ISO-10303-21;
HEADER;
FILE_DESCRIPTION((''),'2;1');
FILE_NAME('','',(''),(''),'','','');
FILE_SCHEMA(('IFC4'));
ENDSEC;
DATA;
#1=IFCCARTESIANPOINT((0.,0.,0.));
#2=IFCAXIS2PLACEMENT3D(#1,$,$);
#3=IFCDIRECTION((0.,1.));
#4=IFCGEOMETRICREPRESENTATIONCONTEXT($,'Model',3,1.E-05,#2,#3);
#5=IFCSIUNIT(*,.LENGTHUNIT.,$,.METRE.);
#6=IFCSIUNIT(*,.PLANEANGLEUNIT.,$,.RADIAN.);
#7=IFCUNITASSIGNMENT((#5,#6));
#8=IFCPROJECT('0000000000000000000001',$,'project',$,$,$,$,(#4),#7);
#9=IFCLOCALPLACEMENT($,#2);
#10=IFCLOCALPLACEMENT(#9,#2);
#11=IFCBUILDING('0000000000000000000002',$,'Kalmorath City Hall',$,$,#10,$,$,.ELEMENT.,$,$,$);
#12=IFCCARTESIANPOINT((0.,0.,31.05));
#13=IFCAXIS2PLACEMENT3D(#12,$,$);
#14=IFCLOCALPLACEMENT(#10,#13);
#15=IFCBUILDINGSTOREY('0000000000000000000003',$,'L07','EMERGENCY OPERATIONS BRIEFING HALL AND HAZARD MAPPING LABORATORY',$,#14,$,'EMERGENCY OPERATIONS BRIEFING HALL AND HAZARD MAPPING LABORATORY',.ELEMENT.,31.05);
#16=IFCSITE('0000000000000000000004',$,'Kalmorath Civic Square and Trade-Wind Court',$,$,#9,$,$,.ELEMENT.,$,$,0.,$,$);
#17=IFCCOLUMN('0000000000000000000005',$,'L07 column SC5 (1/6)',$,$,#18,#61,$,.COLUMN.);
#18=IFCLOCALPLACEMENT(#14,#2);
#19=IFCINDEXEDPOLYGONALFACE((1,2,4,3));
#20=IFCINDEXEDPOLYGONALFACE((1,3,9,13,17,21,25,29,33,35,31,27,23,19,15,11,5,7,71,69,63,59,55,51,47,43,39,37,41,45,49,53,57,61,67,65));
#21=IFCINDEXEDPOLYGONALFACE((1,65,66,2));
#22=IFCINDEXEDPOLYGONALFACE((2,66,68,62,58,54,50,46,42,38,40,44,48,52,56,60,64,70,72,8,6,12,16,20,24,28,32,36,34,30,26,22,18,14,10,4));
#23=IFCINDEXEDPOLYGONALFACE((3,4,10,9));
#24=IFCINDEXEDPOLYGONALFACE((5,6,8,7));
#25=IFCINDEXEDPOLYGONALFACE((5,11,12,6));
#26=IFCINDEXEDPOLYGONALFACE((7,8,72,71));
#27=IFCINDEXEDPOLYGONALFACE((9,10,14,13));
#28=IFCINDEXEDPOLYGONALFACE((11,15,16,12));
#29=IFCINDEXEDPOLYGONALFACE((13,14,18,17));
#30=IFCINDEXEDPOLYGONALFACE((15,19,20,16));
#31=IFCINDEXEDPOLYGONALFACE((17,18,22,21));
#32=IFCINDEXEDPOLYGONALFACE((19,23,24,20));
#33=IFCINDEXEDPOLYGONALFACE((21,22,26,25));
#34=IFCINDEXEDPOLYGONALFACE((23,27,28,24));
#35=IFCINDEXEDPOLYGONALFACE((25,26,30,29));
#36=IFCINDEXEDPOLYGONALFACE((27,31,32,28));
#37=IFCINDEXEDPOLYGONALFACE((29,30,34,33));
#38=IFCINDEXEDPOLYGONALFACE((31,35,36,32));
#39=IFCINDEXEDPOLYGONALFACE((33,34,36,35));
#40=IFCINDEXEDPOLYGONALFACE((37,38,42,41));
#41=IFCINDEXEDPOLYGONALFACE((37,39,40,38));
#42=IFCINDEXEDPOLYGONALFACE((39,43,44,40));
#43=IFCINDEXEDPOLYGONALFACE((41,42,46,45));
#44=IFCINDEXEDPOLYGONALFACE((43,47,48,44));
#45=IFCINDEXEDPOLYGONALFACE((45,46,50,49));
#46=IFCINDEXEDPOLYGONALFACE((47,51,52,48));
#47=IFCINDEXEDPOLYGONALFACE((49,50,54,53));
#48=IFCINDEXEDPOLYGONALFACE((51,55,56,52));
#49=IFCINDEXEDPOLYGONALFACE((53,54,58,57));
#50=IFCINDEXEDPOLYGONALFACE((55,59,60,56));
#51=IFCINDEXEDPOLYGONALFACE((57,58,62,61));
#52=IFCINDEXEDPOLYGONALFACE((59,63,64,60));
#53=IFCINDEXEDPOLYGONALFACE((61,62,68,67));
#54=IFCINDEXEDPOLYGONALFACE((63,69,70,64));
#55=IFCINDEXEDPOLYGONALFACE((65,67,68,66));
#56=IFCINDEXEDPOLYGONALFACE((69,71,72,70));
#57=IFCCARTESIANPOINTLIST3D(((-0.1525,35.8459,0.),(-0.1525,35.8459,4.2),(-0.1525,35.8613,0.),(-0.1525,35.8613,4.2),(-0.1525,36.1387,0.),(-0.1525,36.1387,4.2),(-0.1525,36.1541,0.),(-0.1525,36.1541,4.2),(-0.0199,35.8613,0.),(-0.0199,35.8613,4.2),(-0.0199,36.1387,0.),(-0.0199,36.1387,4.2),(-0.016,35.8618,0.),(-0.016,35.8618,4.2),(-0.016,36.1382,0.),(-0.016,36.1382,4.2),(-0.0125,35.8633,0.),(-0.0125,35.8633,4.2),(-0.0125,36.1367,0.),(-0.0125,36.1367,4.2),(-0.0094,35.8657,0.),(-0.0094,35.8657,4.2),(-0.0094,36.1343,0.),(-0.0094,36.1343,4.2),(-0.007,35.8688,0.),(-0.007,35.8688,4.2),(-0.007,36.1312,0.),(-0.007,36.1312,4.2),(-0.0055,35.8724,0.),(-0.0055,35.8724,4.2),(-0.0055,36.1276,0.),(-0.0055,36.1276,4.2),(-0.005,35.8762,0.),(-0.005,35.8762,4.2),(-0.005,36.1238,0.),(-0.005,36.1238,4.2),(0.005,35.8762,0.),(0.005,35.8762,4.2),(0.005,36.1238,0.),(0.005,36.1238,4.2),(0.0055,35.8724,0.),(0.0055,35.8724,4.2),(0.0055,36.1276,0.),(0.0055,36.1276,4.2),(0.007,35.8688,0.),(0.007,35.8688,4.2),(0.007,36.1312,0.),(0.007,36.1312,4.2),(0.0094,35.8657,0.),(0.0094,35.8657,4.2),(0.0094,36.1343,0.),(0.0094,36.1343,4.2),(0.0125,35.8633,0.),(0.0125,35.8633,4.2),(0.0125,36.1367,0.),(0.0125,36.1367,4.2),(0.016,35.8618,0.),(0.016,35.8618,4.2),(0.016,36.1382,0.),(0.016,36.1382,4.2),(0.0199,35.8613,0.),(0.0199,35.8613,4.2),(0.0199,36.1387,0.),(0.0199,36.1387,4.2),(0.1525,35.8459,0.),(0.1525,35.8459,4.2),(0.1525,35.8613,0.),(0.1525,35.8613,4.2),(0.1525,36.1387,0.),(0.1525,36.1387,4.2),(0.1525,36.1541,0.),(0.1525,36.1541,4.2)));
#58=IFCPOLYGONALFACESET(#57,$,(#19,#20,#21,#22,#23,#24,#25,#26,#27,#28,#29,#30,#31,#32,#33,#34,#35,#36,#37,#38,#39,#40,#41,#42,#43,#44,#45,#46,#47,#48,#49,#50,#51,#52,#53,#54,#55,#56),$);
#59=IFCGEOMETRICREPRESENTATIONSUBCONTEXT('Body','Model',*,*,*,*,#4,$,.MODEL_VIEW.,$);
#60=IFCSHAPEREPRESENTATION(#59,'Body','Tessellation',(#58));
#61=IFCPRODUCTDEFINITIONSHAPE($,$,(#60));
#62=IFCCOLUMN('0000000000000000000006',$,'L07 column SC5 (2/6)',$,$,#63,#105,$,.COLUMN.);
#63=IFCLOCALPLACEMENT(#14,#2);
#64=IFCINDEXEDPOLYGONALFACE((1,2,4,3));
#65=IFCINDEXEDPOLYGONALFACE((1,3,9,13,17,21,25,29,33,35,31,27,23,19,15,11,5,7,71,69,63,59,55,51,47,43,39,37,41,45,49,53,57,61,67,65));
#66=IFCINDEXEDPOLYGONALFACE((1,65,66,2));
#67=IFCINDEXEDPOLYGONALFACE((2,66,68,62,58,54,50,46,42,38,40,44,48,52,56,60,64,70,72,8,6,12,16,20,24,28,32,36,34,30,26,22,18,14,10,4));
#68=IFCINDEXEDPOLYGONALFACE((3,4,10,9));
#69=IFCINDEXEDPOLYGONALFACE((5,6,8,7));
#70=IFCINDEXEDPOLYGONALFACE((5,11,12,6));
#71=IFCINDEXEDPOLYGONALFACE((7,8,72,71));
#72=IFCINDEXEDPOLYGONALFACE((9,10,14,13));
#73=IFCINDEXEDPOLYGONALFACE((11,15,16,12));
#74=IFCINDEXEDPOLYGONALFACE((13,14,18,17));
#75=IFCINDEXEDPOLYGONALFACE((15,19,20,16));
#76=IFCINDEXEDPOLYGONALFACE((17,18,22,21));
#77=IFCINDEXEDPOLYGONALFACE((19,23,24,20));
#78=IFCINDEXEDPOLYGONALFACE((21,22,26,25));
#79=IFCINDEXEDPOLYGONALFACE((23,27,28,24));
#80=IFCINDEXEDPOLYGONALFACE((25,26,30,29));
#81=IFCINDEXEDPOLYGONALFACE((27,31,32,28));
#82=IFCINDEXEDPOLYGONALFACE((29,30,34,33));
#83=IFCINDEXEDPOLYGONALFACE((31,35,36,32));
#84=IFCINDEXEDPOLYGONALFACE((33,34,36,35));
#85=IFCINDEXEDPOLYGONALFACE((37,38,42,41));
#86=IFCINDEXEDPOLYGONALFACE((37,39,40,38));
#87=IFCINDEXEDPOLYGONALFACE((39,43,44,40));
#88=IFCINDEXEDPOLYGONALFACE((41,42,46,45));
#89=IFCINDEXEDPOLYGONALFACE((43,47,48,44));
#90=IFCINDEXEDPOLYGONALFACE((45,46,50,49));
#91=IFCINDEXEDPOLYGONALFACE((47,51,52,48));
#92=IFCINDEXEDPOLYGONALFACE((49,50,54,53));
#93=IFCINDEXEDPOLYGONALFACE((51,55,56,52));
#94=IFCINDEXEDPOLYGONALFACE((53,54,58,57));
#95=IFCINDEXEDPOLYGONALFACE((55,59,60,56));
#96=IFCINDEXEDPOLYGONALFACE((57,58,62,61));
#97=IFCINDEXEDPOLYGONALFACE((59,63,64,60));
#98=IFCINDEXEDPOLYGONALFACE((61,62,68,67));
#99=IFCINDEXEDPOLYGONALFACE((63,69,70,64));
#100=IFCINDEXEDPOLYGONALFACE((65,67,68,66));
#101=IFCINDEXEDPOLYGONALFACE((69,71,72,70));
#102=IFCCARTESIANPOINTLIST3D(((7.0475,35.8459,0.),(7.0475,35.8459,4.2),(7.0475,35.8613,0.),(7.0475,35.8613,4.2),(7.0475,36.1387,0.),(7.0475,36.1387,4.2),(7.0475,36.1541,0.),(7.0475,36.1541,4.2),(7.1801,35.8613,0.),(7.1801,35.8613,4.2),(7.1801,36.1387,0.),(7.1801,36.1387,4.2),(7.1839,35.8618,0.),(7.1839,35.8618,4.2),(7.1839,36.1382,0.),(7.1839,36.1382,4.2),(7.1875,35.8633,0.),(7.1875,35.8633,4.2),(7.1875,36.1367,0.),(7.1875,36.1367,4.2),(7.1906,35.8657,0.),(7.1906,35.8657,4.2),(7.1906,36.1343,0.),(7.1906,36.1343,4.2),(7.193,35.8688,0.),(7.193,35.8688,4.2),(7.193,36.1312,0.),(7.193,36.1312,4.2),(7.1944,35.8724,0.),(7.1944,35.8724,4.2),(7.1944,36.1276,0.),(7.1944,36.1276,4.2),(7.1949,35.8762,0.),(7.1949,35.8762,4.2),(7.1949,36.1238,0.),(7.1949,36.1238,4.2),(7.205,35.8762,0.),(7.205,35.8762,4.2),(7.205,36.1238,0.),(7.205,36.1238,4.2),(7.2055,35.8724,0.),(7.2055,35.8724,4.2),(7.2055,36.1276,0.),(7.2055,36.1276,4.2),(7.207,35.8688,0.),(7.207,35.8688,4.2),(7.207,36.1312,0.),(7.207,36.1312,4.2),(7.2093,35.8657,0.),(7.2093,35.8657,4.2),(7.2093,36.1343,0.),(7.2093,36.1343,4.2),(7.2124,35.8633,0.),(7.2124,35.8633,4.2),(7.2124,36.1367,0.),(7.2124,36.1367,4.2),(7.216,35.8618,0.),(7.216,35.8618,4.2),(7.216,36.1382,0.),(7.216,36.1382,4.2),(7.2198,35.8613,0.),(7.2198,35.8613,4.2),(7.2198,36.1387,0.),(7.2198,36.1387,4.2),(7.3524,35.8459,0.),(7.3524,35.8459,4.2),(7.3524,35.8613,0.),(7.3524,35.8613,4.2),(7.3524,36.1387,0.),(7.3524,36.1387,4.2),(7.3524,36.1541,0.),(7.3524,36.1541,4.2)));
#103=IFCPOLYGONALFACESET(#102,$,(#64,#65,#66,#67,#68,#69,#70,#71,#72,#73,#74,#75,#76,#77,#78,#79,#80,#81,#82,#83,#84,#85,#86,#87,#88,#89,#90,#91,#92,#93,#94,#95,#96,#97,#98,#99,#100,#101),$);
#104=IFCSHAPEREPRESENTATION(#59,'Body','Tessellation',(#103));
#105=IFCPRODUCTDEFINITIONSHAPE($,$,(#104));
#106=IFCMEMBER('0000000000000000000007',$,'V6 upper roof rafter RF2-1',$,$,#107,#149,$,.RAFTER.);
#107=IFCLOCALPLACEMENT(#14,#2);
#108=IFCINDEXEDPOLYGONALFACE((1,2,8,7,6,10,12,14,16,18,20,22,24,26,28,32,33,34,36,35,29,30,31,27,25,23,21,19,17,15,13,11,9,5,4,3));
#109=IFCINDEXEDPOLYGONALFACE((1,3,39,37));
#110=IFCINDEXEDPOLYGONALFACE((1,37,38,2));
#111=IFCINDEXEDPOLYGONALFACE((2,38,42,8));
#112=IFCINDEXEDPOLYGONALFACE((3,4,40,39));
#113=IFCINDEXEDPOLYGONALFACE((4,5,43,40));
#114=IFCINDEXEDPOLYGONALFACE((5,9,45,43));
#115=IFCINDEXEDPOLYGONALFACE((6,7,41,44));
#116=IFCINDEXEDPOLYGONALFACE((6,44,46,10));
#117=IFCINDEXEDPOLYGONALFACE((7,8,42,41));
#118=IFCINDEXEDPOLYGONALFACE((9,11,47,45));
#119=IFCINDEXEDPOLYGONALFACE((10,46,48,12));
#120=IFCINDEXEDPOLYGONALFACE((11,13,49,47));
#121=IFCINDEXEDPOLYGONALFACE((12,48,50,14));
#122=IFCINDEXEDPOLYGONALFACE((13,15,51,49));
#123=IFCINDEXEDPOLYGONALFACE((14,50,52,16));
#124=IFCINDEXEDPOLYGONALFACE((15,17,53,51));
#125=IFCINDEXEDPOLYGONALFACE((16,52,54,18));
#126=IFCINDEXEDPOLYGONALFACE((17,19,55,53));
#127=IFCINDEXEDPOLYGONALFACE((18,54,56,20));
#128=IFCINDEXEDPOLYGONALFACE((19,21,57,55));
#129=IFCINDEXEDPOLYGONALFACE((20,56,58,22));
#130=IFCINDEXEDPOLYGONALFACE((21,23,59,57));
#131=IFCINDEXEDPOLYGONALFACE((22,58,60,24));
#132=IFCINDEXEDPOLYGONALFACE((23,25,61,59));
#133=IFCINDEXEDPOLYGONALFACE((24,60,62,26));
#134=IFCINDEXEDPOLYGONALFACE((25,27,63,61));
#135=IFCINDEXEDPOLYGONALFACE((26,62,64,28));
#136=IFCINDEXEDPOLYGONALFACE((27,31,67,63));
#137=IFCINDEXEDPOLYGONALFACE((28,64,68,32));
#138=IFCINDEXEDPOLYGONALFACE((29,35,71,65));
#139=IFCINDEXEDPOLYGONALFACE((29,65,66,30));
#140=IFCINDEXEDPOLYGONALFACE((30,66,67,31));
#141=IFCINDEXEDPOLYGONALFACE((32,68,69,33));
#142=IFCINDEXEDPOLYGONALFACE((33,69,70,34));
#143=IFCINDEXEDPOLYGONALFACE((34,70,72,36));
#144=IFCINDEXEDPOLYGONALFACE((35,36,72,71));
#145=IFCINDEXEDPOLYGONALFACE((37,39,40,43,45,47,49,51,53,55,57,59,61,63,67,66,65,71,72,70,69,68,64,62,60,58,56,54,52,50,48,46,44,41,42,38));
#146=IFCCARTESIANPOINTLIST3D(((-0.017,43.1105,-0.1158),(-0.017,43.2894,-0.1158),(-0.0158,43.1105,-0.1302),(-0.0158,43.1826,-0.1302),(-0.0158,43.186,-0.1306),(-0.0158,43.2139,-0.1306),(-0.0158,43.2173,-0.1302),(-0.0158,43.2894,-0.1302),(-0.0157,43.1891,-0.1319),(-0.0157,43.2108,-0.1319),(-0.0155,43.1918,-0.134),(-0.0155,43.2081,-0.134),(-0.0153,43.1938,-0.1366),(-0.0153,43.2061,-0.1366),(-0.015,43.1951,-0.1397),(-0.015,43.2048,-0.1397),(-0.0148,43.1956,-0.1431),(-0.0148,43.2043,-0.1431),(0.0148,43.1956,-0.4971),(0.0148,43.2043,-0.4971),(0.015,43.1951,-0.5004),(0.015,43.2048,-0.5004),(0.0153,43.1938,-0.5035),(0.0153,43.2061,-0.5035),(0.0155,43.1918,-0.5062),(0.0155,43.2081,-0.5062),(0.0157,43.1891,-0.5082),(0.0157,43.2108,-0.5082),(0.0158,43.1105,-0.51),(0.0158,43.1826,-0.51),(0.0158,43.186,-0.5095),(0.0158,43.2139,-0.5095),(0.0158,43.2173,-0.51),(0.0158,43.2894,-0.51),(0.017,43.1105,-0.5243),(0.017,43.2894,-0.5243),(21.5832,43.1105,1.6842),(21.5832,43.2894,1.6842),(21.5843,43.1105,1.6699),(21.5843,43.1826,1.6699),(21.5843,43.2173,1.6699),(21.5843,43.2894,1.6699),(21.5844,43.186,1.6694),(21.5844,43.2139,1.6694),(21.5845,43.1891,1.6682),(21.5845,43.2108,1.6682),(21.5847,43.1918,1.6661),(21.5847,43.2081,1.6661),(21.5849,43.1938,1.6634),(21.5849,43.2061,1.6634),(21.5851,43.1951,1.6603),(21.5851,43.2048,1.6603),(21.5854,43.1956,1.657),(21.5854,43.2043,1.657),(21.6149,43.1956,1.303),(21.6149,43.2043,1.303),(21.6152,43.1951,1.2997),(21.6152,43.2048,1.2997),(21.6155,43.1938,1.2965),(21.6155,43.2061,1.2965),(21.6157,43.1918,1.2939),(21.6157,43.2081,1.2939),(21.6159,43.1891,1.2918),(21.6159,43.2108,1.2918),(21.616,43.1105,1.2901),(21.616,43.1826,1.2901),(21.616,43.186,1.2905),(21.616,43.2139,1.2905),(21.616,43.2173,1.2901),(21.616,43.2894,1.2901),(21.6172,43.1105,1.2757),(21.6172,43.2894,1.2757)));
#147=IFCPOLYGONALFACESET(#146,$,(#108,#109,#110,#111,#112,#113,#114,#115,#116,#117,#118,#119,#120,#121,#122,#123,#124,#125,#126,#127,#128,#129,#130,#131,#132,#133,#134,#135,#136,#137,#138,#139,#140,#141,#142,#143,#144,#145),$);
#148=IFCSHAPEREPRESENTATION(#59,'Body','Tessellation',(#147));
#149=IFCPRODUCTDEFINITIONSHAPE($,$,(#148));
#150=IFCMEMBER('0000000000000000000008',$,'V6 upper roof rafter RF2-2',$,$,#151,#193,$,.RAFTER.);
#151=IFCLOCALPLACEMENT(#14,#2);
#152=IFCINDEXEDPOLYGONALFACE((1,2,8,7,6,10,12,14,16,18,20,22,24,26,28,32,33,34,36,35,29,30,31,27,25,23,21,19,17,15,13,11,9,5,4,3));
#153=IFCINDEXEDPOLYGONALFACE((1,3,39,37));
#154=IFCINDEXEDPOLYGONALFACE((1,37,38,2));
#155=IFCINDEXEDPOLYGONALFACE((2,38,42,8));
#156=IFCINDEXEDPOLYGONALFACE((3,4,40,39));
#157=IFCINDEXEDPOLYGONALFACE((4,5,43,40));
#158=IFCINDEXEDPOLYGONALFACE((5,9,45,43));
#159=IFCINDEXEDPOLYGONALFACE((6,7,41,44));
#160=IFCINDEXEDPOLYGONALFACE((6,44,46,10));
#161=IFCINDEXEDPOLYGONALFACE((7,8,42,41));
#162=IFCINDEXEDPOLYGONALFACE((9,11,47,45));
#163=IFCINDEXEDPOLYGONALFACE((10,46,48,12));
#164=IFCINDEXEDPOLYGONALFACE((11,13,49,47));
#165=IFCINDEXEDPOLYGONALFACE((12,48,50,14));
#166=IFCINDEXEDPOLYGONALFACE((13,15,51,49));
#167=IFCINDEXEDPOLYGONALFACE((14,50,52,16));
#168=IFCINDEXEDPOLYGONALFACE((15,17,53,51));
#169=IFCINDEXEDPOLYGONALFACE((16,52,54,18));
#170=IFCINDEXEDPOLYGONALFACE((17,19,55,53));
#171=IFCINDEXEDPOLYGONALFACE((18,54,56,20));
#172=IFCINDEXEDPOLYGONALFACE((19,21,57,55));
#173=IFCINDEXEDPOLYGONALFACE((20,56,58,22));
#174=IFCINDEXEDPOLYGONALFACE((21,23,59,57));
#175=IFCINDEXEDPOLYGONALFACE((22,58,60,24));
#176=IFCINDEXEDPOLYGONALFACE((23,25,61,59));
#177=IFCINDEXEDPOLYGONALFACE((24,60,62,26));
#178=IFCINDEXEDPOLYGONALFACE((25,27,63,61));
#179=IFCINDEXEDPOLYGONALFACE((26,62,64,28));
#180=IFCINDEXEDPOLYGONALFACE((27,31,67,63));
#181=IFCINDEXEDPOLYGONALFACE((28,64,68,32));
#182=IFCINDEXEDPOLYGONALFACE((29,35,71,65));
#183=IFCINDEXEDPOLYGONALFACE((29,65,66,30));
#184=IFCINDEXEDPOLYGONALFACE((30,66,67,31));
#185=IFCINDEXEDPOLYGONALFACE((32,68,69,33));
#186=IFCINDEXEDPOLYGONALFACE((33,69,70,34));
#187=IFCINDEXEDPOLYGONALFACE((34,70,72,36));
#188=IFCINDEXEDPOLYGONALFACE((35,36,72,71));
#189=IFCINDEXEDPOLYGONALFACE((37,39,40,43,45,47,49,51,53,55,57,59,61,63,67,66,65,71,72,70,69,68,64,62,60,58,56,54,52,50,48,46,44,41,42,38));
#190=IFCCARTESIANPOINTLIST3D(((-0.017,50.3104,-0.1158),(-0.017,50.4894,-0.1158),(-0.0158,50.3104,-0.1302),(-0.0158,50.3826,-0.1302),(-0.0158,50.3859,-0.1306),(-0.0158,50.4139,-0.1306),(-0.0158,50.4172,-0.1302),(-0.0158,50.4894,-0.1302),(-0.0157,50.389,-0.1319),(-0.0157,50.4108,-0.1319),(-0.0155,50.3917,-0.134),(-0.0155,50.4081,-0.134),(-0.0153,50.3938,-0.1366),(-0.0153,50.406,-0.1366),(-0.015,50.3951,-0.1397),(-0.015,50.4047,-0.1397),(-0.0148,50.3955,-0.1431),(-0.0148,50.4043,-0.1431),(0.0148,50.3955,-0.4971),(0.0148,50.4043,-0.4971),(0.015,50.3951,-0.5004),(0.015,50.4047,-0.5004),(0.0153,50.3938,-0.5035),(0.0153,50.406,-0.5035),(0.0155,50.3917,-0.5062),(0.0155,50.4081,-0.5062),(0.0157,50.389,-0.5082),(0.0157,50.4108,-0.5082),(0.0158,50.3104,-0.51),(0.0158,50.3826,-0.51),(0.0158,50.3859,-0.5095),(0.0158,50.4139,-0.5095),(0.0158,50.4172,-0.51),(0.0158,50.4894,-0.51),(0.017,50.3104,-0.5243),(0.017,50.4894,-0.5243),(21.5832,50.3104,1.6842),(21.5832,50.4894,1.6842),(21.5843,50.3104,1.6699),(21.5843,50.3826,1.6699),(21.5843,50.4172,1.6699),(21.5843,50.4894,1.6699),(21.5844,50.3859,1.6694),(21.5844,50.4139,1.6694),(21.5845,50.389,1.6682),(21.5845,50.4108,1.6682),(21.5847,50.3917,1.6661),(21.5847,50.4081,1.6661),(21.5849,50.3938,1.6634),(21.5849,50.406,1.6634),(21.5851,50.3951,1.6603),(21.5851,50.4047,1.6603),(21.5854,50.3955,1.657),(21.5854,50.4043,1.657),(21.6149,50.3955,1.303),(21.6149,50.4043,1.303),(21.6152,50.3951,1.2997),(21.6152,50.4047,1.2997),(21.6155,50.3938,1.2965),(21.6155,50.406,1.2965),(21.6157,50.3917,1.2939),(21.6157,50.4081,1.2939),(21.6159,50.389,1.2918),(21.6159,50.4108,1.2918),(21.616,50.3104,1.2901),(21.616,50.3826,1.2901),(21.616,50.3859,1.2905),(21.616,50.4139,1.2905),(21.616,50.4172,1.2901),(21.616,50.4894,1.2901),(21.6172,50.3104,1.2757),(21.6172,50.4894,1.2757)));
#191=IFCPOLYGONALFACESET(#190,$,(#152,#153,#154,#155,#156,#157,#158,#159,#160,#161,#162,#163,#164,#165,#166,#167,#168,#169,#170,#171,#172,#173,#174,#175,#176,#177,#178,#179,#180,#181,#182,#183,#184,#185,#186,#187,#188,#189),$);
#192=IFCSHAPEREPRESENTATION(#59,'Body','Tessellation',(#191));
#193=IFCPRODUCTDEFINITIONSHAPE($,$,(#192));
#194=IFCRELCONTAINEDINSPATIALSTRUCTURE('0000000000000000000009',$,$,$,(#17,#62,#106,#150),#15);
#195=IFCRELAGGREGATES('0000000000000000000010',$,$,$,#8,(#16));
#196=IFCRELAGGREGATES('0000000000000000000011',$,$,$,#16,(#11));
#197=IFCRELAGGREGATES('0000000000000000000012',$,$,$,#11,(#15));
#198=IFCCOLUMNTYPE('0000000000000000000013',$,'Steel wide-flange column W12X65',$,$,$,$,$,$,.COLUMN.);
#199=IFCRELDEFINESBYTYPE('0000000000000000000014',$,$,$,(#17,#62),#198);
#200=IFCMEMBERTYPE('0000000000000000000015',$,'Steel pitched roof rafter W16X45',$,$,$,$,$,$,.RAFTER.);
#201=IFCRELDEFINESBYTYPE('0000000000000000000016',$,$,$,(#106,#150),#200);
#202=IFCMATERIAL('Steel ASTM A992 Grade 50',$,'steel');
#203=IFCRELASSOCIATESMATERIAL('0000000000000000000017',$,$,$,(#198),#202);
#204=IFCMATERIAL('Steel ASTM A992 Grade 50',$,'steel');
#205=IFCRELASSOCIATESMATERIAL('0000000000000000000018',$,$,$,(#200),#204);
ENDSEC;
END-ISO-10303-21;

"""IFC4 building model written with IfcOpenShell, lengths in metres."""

from ifc_helpers import new_model, si_unit, direction, frame, origin, origin_2d, place, context, subcontext, project, spatial, i_section, extrude, material, material_profile, profile_set, type_object, element, save


model = new_model("IFC4")

# Units and contexts
model_context = context("Model", 3, precision=1e-05, world=origin(), true_north=direction((0.0, 1.0)))
body_context = subcontext(model_context, "Body", "Model", "MODEL_VIEW")
ifc_project = project(units=[si_unit("LENGTHUNIT", "METRE"), si_unit("PLANEANGLEUNIT", "RADIAN")], contexts=[model_context])

# Site, building, storey
site_placement = place(None, origin())
site = spatial("IfcSite", under=ifc_project, at=site_placement, Name="Kalmorath Civic Square and Trade-Wind Court", CompositionType="ELEMENT", RefElevation=0.0)
building_placement = place(site_placement, origin())
building = spatial("IfcBuilding", under=site, at=building_placement, Name="Kalmorath City Hall", CompositionType="ELEMENT")
storey_placement = place(building_placement, frame((0.0, 0.0, 31.05)))
storey = spatial("IfcBuildingStorey", under=building, at=storey_placement, Name="L07", Description="EMERGENCY OPERATIONS BRIEFING HALL AND HAZARD MAPPING LABORATORY", LongName="EMERGENCY OPERATIONS BRIEFING HALL AND HAZARD MAPPING LABORATORY", CompositionType="ELEMENT", Elevation=31.05)

# Columns
ifc_material_1 = material(Name="Steel ASTM A992 Grade 50", Category="steel")
ifc_material_profile_1 = material_profile(ifc_material_1, i_section(OverallWidth=0.3049, OverallDepth=0.3081, WebThickness=0.01, FlangeThickness=0.0154, FilletRadius=0.0149, at=origin_2d()), Name="W12X65")
ifc_profile_set_1 = profile_set([ifc_material_profile_1], Name="Steel ASTM A992 Grade 50")
column_type = type_object("IfcColumnType", Name="Steel wide-flange column W12X65", PredefinedType="COLUMN", material=ifc_profile_set_1)
for number, where, z_axis, x_axis, name in (
    (1, (0.0, 36.0, 0.0), (0.0, 0.0, 1.0), (1.0, 0.0, 0.0), "L07 column SC5 (1/6)"),
    (2, (7.2, 36.0, 0.0), (0.0, 0.0, 1.0), (1.0, 0.0, 0.0), "L07 column SC5 (2/6)"),
):
    element("IfcColumn", number, at=place(storey_placement, frame(where, z_axis=z_axis, x_axis=x_axis)), inside=storey, type_object=column_type, Name=name, PredefinedType="COLUMN", context=body_context, shape_type="SweptSolid", body=[
        extrude(i_section(OverallWidth=0.3049, OverallDepth=0.3081, WebThickness=0.01, FlangeThickness=0.0154, FilletRadius=0.0149, at=origin_2d()), origin(), (0.0, 0.0, 1.0), 4.2),
    ])

# Members
ifc_material_2 = material(Name="Steel ASTM A992 Grade 50", Category="steel")
ifc_material_profile_2 = material_profile(ifc_material_2, i_section(OverallWidth=0.179, OverallDepth=0.4099, WebThickness=0.0088, FlangeThickness=0.0144, FilletRadius=0.0129, at=origin_2d()), Name="W16X45")
ifc_profile_set_2 = profile_set([ifc_material_profile_2], Name="Steel ASTM A992 Grade 50")
member_type = type_object("IfcMemberType", Name="Steel pitched roof rafter W16X45", PredefinedType="RAFTER", material=ifc_profile_set_2)
for number, where, z_axis, x_axis, name in (
    (3, (0.0, 43.2, -0.3201), (0.996546, 0.0, 0.083047), (0.0, 1.0, 0.0), "V6 upper roof rafter RF2-1"),
    (4, (0.0, 50.3999, -0.3201), (0.996546, 0.0, 0.083047), (0.0, 1.0, 0.0), "V6 upper roof rafter RF2-2"),
):
    element("IfcMember", number, at=place(storey_placement, frame(where, z_axis=z_axis, x_axis=x_axis)), inside=storey, type_object=member_type, Name=name, PredefinedType="RAFTER", context=body_context, shape_type="SweptSolid", body=[
        extrude(i_section(OverallWidth=0.179, OverallDepth=0.4099, WebThickness=0.0088, FlangeThickness=0.0144, FilletRadius=0.0129, at=origin_2d()), origin(), (0.0, 0.0, 1.0), 21.675),
    ])

save(model, "model.ifc")
